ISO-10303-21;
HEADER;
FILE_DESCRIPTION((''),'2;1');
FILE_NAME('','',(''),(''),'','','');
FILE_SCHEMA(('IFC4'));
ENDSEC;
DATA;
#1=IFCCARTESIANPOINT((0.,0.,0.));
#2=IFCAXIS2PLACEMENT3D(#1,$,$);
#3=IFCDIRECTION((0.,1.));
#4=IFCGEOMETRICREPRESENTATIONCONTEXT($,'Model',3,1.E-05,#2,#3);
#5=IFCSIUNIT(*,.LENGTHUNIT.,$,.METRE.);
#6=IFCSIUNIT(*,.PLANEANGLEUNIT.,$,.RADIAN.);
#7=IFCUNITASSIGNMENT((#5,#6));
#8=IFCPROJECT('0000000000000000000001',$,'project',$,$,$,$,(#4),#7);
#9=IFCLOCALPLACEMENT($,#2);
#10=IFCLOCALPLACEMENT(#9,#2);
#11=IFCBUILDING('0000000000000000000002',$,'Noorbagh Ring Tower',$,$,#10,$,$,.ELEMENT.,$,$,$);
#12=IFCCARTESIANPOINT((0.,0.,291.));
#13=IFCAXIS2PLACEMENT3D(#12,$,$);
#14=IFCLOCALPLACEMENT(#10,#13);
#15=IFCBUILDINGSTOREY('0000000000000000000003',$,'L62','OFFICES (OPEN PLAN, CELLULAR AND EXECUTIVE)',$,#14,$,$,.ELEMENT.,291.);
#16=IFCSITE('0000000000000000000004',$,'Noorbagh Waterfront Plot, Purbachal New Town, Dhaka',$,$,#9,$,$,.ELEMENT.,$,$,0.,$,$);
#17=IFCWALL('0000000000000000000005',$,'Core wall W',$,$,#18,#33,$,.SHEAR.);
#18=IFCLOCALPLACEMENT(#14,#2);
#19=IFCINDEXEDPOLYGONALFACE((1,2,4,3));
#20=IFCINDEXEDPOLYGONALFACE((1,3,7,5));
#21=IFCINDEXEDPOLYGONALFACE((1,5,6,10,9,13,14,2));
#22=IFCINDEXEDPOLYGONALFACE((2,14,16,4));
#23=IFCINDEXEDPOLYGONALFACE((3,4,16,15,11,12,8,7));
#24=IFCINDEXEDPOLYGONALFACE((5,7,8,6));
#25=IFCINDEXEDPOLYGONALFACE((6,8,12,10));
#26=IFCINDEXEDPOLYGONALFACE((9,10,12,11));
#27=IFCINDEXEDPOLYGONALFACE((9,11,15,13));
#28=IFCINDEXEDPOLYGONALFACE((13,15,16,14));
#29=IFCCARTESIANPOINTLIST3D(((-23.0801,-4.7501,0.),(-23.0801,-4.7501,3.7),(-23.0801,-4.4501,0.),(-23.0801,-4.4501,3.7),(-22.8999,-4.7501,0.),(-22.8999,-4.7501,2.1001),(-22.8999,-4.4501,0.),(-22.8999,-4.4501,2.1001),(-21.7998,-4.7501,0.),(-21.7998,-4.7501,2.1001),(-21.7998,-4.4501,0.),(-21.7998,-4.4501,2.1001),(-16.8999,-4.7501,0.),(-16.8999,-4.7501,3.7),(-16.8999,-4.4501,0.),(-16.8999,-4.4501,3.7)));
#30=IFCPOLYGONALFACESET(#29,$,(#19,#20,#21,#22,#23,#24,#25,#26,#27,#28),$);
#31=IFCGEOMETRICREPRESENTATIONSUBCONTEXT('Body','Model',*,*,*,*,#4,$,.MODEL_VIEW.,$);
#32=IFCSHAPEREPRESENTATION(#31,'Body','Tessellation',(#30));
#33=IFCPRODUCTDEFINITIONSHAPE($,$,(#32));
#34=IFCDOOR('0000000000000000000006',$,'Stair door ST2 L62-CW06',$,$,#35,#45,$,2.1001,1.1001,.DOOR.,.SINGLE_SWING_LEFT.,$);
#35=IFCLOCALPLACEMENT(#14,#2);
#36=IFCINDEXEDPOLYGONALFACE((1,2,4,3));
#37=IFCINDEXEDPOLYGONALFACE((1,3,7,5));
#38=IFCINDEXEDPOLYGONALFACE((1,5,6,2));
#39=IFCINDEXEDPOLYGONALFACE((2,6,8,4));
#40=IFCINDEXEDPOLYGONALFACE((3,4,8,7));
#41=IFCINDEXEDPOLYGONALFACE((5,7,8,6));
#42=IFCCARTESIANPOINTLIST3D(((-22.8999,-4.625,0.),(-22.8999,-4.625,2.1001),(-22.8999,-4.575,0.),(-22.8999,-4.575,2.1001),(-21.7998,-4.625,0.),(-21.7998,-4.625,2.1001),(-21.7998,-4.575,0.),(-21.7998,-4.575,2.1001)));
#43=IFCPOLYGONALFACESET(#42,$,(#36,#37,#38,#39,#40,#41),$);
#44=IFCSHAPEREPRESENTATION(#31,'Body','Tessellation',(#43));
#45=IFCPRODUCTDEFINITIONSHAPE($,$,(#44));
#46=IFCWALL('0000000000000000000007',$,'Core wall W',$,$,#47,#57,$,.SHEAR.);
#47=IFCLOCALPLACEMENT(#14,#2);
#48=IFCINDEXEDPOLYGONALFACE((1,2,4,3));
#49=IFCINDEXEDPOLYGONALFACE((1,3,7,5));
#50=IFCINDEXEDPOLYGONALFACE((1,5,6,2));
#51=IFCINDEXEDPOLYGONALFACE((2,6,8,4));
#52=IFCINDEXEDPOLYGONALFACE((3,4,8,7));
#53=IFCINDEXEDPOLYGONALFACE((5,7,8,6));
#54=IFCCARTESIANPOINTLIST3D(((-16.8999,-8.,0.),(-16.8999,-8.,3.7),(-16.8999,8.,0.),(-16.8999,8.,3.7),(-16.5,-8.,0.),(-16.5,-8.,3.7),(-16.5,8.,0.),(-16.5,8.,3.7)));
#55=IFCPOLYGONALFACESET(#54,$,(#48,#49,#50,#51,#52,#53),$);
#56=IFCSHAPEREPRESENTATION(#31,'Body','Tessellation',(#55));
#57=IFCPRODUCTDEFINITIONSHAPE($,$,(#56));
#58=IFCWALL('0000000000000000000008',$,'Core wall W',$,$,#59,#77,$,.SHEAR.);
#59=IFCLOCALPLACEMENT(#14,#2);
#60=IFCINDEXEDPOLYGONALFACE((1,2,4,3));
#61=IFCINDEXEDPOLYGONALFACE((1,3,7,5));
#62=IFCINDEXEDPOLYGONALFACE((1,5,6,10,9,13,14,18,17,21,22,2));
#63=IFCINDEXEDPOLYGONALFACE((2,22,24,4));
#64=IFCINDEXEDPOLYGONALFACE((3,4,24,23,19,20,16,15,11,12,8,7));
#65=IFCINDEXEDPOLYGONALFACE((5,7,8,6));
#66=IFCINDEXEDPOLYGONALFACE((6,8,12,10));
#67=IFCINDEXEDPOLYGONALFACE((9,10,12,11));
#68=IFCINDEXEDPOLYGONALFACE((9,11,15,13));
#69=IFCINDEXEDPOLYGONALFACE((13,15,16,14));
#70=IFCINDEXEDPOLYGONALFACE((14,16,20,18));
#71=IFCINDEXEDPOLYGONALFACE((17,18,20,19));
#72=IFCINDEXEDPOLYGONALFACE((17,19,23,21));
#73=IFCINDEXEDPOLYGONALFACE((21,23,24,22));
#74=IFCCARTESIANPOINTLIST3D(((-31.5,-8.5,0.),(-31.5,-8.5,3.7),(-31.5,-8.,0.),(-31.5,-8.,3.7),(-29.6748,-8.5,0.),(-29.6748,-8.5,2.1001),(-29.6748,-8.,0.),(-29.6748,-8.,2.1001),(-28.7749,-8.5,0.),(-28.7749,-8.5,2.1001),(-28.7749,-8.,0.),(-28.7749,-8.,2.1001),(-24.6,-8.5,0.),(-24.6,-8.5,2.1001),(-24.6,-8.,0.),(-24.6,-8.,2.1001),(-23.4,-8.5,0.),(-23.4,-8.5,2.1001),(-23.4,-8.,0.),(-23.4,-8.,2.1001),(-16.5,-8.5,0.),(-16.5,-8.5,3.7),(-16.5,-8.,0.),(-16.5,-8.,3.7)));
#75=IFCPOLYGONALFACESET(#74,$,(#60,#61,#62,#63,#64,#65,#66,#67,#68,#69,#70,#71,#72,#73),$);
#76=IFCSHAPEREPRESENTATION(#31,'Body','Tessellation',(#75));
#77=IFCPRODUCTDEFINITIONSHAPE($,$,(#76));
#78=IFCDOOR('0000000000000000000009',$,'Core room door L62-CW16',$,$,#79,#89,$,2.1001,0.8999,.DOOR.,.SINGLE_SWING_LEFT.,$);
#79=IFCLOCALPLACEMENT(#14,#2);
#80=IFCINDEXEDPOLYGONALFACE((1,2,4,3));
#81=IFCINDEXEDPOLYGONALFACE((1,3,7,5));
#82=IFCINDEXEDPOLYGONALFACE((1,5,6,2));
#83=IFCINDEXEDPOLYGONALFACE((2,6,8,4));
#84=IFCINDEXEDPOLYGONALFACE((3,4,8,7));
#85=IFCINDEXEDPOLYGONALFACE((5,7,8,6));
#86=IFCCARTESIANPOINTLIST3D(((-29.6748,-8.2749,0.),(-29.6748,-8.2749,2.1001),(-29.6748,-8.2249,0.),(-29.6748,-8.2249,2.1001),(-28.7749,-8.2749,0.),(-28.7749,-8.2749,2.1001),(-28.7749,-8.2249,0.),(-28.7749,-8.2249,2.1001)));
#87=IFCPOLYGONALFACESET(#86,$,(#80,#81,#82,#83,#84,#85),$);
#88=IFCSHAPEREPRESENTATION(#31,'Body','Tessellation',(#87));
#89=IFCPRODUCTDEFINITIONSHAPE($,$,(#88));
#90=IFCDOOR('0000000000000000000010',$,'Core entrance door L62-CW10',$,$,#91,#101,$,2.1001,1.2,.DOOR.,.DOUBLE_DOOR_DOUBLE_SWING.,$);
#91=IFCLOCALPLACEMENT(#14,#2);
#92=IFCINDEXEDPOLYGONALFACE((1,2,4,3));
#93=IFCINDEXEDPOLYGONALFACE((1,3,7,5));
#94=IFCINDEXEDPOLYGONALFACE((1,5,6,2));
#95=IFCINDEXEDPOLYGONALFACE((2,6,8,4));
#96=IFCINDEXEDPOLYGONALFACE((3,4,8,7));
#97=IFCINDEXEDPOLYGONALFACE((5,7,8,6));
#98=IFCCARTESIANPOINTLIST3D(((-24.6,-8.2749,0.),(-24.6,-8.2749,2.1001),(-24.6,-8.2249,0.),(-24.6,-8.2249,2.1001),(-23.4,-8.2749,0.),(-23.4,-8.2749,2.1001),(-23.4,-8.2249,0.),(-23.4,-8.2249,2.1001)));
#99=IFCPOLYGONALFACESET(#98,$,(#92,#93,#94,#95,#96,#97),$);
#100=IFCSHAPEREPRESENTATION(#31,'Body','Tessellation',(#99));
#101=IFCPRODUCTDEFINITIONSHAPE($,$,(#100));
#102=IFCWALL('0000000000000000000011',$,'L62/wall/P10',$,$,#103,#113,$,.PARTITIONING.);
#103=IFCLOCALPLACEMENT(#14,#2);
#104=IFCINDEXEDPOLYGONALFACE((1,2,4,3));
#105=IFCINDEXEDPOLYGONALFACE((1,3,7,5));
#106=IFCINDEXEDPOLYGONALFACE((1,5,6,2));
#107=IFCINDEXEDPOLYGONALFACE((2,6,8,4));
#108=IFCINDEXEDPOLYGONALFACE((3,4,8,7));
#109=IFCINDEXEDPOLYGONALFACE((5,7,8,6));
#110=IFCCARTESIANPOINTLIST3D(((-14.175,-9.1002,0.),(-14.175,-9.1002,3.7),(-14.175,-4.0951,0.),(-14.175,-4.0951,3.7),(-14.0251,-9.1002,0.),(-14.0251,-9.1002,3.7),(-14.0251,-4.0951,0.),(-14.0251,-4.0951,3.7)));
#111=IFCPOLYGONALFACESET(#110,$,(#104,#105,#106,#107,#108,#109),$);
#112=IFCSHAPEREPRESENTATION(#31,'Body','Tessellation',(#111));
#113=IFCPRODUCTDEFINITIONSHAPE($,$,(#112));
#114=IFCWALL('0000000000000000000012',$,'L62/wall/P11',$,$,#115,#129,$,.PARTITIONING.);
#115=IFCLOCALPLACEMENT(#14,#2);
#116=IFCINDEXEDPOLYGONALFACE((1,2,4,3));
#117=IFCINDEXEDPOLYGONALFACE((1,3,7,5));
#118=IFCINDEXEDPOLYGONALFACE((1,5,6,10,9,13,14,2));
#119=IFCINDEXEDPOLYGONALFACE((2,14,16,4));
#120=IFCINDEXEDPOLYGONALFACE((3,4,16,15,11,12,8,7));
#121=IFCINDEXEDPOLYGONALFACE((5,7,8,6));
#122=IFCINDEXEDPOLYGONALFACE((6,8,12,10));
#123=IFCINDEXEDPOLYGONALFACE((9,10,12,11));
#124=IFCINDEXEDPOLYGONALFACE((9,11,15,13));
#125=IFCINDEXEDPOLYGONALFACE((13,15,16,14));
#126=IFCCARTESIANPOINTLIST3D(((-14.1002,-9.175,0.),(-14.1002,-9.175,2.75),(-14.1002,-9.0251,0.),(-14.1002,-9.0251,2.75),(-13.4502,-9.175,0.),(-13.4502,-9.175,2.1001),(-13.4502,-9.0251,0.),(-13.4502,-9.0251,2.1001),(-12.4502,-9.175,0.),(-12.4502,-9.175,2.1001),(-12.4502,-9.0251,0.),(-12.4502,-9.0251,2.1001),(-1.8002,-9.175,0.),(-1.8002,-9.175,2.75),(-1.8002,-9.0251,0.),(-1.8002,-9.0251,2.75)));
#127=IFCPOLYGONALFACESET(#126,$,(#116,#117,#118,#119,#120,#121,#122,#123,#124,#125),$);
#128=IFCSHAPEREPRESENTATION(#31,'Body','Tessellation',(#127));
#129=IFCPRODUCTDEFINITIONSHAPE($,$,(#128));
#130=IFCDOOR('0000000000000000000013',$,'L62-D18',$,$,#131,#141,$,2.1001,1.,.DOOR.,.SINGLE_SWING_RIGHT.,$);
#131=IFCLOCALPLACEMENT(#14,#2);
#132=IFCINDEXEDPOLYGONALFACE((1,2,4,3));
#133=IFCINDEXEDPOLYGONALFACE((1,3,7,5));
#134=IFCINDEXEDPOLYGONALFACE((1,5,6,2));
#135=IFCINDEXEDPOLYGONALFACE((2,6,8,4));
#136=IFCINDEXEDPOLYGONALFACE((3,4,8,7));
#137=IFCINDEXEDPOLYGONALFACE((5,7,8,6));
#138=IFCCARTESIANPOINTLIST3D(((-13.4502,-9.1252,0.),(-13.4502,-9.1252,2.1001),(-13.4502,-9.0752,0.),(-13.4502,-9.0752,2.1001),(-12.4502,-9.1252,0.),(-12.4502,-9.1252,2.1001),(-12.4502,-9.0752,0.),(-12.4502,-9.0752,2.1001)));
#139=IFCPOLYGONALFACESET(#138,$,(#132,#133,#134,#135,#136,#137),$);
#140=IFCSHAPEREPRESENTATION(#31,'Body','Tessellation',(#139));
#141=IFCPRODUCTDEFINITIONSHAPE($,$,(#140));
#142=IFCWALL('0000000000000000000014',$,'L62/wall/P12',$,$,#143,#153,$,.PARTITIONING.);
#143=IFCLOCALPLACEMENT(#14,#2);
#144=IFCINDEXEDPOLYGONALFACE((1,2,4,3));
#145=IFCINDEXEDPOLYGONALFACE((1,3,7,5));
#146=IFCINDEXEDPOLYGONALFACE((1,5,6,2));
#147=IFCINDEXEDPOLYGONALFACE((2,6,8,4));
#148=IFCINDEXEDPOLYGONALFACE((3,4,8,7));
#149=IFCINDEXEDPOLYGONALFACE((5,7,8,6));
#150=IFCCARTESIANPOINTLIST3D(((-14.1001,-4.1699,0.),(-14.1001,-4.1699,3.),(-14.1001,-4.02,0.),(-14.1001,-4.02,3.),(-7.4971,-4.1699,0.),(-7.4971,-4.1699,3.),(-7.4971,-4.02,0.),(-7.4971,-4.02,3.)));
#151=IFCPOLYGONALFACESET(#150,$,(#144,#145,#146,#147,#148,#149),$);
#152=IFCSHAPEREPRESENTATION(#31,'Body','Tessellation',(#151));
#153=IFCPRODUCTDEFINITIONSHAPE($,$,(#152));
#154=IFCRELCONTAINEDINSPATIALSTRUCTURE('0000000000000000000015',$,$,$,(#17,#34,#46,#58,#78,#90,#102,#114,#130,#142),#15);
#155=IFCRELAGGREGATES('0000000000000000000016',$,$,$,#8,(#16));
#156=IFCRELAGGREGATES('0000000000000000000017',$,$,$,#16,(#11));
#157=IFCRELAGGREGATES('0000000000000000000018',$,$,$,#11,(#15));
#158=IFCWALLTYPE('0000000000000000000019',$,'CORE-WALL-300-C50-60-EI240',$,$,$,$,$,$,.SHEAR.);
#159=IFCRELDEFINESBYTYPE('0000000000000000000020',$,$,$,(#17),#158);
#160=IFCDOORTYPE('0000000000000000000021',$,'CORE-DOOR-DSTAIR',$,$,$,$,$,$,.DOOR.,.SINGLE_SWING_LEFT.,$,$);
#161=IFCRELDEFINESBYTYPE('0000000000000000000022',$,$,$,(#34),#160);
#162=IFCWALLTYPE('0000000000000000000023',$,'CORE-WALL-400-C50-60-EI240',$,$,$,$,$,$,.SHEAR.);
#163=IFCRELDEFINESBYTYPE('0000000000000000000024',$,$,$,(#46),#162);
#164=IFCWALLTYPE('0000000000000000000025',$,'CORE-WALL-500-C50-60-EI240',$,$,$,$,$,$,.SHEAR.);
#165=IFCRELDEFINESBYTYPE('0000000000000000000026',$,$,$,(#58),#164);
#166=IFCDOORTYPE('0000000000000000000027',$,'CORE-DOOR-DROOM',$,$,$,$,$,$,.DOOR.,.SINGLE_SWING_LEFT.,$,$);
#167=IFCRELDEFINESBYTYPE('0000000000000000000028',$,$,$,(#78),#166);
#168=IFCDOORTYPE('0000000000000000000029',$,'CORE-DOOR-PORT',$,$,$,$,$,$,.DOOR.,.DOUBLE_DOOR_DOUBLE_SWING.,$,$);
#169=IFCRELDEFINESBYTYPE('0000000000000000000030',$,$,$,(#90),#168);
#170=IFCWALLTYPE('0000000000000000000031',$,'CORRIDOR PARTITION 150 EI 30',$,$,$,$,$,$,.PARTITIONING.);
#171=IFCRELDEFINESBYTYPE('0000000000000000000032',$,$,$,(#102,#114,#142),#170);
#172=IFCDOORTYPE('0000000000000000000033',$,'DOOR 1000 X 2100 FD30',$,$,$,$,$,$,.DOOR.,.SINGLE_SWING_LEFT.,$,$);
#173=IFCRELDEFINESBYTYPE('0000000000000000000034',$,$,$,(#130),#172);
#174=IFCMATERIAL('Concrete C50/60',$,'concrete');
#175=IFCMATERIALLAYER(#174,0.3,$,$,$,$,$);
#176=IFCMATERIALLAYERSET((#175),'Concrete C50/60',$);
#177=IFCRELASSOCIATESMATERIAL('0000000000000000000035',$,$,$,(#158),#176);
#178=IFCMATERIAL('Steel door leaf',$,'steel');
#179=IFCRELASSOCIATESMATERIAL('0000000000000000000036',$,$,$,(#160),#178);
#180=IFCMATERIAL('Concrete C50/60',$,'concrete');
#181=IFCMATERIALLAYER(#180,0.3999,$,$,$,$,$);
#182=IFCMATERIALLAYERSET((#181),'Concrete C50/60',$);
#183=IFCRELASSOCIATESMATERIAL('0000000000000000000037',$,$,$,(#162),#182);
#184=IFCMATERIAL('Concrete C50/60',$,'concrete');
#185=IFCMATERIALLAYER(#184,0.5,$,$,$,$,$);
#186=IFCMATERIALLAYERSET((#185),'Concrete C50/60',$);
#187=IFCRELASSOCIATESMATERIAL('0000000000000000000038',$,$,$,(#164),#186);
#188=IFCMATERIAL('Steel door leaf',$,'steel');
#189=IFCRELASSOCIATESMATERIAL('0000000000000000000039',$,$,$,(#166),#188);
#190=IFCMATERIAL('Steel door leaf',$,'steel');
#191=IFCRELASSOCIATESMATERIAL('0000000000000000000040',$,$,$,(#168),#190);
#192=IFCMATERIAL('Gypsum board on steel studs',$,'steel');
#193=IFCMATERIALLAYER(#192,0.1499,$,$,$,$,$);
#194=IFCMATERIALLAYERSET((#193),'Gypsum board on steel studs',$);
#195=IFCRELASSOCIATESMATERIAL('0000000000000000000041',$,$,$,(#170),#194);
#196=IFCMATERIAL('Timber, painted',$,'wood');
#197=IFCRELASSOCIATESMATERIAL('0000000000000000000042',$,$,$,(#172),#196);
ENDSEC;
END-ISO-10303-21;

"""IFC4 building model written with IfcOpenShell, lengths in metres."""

from ifc_helpers import new_model, si_unit, direction, frame, frame_2d, origin, place, context, subcontext, project, spatial, rectangle, extrude, material, layer, layer_set, type_object, element, fill, save


model = new_model("IFC4")

# Units and contexts
model_context = context("Model", 3, precision=1e-05, world=origin(), true_north=direction((0.0, 1.0)))
body_context = subcontext(model_context, "Body", "Model", "MODEL_VIEW")
ifc_project = project(units=[si_unit("LENGTHUNIT", "METRE"), si_unit("PLANEANGLEUNIT", "RADIAN")], contexts=[model_context])

# Site, building, storey
site_placement = place(None, origin())
site = spatial("IfcSite", under=ifc_project, at=site_placement, Name="Noorbagh Waterfront Plot, Purbachal New Town, Dhaka", CompositionType="ELEMENT", RefElevation=0.0)
building_placement = place(site_placement, origin())
building = spatial("IfcBuilding", under=site, at=building_placement, Name="Noorbagh Ring Tower", CompositionType="ELEMENT")
storey_placement = place(building_placement, frame((0.0, 0.0, 291.0)))
storey = spatial("IfcBuildingStorey", under=building, at=storey_placement, Name="L62", Description="OFFICES (OPEN PLAN, CELLULAR AND EXECUTIVE)", CompositionType="ELEMENT", Elevation=291.0)

# Wall, opening, door
ifc_material_1 = material(Name="Concrete C50/60", Category="concrete")
ifc_layer_1 = layer(ifc_material_1, 0.3)
ifc_layer_set_1 = layer_set([ifc_layer_1], Name="Concrete C50/60")
wall_type_1 = type_object("IfcWallType", Name="CORE-WALL-300-C50-60-EI240", PredefinedType="SHEAR", material=ifc_layer_set_1)
wall_1_placement = place(storey_placement, frame((-16.8999, -4.6001, 0.0), z_axis=(0.0, 0.0, 1.0), x_axis=(-1.0, 0.0, 0.0)))
wall_1 = element("IfcWall", 1, at=wall_1_placement, inside=storey, type_object=wall_type_1, Name="Core wall W", PredefinedType="SHEAR", context=body_context, shape_type="SweptSolid", body=[
    extrude(rectangle(XDim=6.1802, YDim=0.3, at=frame_2d((3.0901, 0.0))), origin(), (0.0, 0.0, 1.0), 3.7),
])
opening_1_placement = place(wall_1_placement, frame((4.8999, 0.0, 0.0)))
opening_1 = element("IfcOpeningElement", 2, at=opening_1_placement, cuts=wall_1, PredefinedType="OPENING", context=body_context, shape_type="SweptSolid", body=[
    extrude(rectangle(XDim=1.1001, YDim=2.1001, at=frame_2d((0.55, 1.05))), frame((0.0, 0.1602, 0.0), z_axis=(0.0, -1.0, 0.0), x_axis=(1.0, 0.0, 0.0)), (0.0, 0.0, 1.0), 0.3201),
])
ifc_material_2 = material(Name="Steel door leaf", Category="steel")
door_type_1 = type_object("IfcDoorType", Name="CORE-DOOR-DSTAIR", OperationType="SINGLE_SWING_LEFT", PredefinedType="DOOR", material=ifc_material_2)
door_1_placement = place(opening_1_placement, origin())
door_1 = element("IfcDoor", 3, at=door_1_placement, inside=storey, type_object=door_type_1, Name="Stair door ST2 L62-CW06", OperationType="SINGLE_SWING_LEFT", OverallHeight=2.1001, OverallWidth=1.1001, PredefinedType="DOOR", context=body_context, shape_type="SweptSolid", body=[
    extrude(rectangle(XDim=1.1001, YDim=2.1001, at=frame_2d((0.55, 1.05))), frame((0.0, 0.0249, 0.0), z_axis=(0.0, -1.0, 0.0), x_axis=(1.0, 0.0, 0.0)), (0.0, 0.0, 1.0), 0.05),
])
fill(opening_1, door_1)

# Wall
ifc_material_3 = material(Name="Concrete C50/60", Category="concrete")
ifc_layer_2 = layer(ifc_material_3, 0.3999)
ifc_layer_set_2 = layer_set([ifc_layer_2], Name="Concrete C50/60")
wall_type_2 = type_object("IfcWallType", Name="CORE-WALL-400-C50-60-EI240", PredefinedType="SHEAR", material=ifc_layer_set_2)
wall_2_placement = place(storey_placement, frame((-16.7, -8.0, 0.0), z_axis=(0.0, 0.0, 1.0), x_axis=(0.0, 1.0, 0.0)))
element("IfcWall", 4, at=wall_2_placement, inside=storey, type_object=wall_type_2, Name="Core wall W", PredefinedType="SHEAR", context=body_context, shape_type="SweptSolid", body=[
    extrude(rectangle(XDim=16.0, YDim=0.3999, at=frame_2d((8.0, 0.0))), origin(), (0.0, 0.0, 1.0), 3.7),
])

# Wall, openings, doors
ifc_material_4 = material(Name="Concrete C50/60", Category="concrete")
ifc_layer_3 = layer(ifc_material_4, 0.5)
ifc_layer_set_3 = layer_set([ifc_layer_3], Name="Concrete C50/60")
wall_type_3 = type_object("IfcWallType", Name="CORE-WALL-500-C50-60-EI240", PredefinedType="SHEAR", material=ifc_layer_set_3)
wall_3_placement = place(storey_placement, frame((-16.5, -8.25, 0.0), z_axis=(0.0, 0.0, 1.0), x_axis=(-1.0, 0.0, 0.0)))
wall_3 = element("IfcWall", 5, at=wall_3_placement, inside=storey, type_object=wall_type_3, Name="Core wall W", PredefinedType="SHEAR", context=body_context, shape_type="SweptSolid", body=[
    extrude(rectangle(XDim=15.0, YDim=0.5, at=frame_2d((7.5, 0.0))), origin(), (0.0, 0.0, 1.0), 3.7),
])
opening_2_placement = place(wall_3_placement, frame((6.8999, 0.0, 0.0)))
opening_2 = element("IfcOpeningElement", 6, at=opening_2_placement, cuts=wall_3, PredefinedType="OPENING", context=body_context, shape_type="SweptSolid", body=[
    extrude(rectangle(XDim=1.2, YDim=2.1001, at=frame_2d((0.6001, 1.05))), frame((0.0, 0.26, 0.0), z_axis=(0.0, -1.0, 0.0), x_axis=(1.0, 0.0, 0.0)), (0.0, 0.0, 1.0), 0.52),
])
opening_3_placement = place(wall_3_placement, frame((12.2749, 0.0, 0.0)))
opening_3 = element("IfcOpeningElement", 7, at=opening_3_placement, cuts=wall_3, PredefinedType="OPENING", context=body_context, shape_type="SweptSolid", body=[
    extrude(rectangle(XDim=0.8999, YDim=2.1001, at=frame_2d((0.45, 1.05))), frame((0.0, 0.26, 0.0), z_axis=(0.0, -1.0, 0.0), x_axis=(1.0, 0.0, 0.0)), (0.0, 0.0, 1.0), 0.52),
])
ifc_material_5 = material(Name="Steel door leaf", Category="steel")
door_type_2 = type_object("IfcDoorType", Name="CORE-DOOR-DROOM", OperationType="SINGLE_SWING_LEFT", PredefinedType="DOOR", material=ifc_material_5)
door_2_placement = place(opening_3_placement, origin())
door_2 = element("IfcDoor", 8, at=door_2_placement, inside=storey, type_object=door_type_2, Name="Core room door L62-CW16", OperationType="SINGLE_SWING_LEFT", OverallHeight=2.1001, OverallWidth=0.8999, PredefinedType="DOOR", context=body_context, shape_type="SweptSolid", body=[
    extrude(rectangle(XDim=0.8999, YDim=2.1001, at=frame_2d((0.45, 1.05))), frame((0.0, 0.0249, 0.0), z_axis=(0.0, -1.0, 0.0), x_axis=(1.0, 0.0, 0.0)), (0.0, 0.0, 1.0), 0.05),
])
fill(opening_3, door_2)
ifc_material_6 = material(Name="Steel door leaf", Category="steel")
door_type_3 = type_object("IfcDoorType", Name="CORE-DOOR-PORT", OperationType="DOUBLE_DOOR_DOUBLE_SWING", PredefinedType="DOOR", material=ifc_material_6)
door_3_placement = place(opening_2_placement, origin())
door_3 = element("IfcDoor", 9, at=door_3_placement, inside=storey, type_object=door_type_3, Name="Core entrance door L62-CW10", OperationType="DOUBLE_DOOR_DOUBLE_SWING", OverallHeight=2.1001, OverallWidth=1.2, PredefinedType="DOOR", context=body_context, shape_type="SweptSolid", body=[
    extrude(rectangle(XDim=1.2, YDim=2.1001, at=frame_2d((0.6001, 1.05))), frame((0.0, 0.0249, 0.0), z_axis=(0.0, -1.0, 0.0), x_axis=(1.0, 0.0, 0.0)), (0.0, 0.0, 1.0), 0.05),
])
fill(opening_2, door_3)

# Wall
ifc_material_7 = material(Name="Gypsum board on steel studs", Category="steel")
ifc_layer_4 = layer(ifc_material_7, 0.1499)
ifc_layer_set_4 = layer_set([ifc_layer_4], Name="Gypsum board on steel studs")
wall_type_4 = type_object("IfcWallType", Name="CORRIDOR PARTITION 150 EI 30", PredefinedType="PARTITIONING", material=ifc_layer_set_4)
wall_4_placement = place(storey_placement, frame((-14.1001, -9.1001, 0.0), z_axis=(0.0, 0.0, 1.0), x_axis=(0.0, 1.0, 0.0)))
element("IfcWall", 10, at=wall_4_placement, inside=storey, type_object=wall_type_4, Name="L62/wall/P10", PredefinedType="PARTITIONING", context=body_context, shape_type="SweptSolid", body=[
    extrude(rectangle(XDim=5.0051, YDim=0.1499, at=frame_2d((2.5024, 0.0))), origin(), (0.0, 0.0, 1.0), 3.7),
])

# Wall, opening, door
wall_5_placement = place(storey_placement, frame((-14.1001, -9.1001, 0.0), z_axis=(0.0, 0.0, 1.0), x_axis=(1.0, 0.0, 0.0)))
wall_5 = element("IfcWall", 11, at=wall_5_placement, inside=storey, type_object=wall_type_4, Name="L62/wall/P11", PredefinedType="PARTITIONING", context=body_context, shape_type="SweptSolid", body=[
    extrude(rectangle(XDim=12.3, YDim=0.1499, at=frame_2d((6.1499, 0.0))), origin(), (0.0, 0.0, 1.0), 2.75),
])
opening_4_placement = place(wall_5_placement, frame((0.6499, 0.0, 0.0)))
opening_4 = element("IfcOpeningElement", 12, at=opening_4_placement, cuts=wall_5, PredefinedType="OPENING", context=body_context, shape_type="SweptSolid", body=[
    extrude(rectangle(XDim=1.0, YDim=2.1001, at=frame_2d((0.5, 1.05))), frame((0.0, 0.085, 0.0), z_axis=(0.0, -1.0, 0.0), x_axis=(1.0, 0.0, 0.0)), (0.0, 0.0, 1.0), 0.1699),
])
ifc_material_8 = material(Name="Timber, painted", Category="wood")
door_type_4 = type_object("IfcDoorType", Name="DOOR 1000 X 2100 FD30", OperationType="SINGLE_SWING_LEFT", PredefinedType="DOOR", material=ifc_material_8)
door_4_placement = place(opening_4_placement, origin())
door_4 = element("IfcDoor", 13, at=door_4_placement, inside=storey, type_object=door_type_4, Name="L62-D18", OperationType="SINGLE_SWING_RIGHT", OverallHeight=2.1001, OverallWidth=1.0, PredefinedType="DOOR", context=body_context, shape_type="SweptSolid", body=[
    extrude(rectangle(XDim=1.0, YDim=2.1001, at=frame_2d((0.5, 1.05))), frame((0.0, 0.0249, 0.0), z_axis=(0.0, -1.0, 0.0), x_axis=(1.0, 0.0, 0.0)), (0.0, 0.0, 1.0), 0.05),
])
fill(opening_4, door_4)

# Wall
wall_6_placement = place(storey_placement, frame((-14.1001, -4.095, 0.0), z_axis=(0.0, 0.0, 1.0), x_axis=(1.0, 0.0, 0.0)))
element("IfcWall", 14, at=wall_6_placement, inside=storey, type_object=wall_type_4, Name="L62/wall/P12", PredefinedType="PARTITIONING", context=body_context, shape_type="SweptSolid", body=[
    extrude(rectangle(XDim=6.603, YDim=0.1499, at=frame_2d((3.3015, 0.0))), origin(), (0.0, 0.0, 1.0), 3.0),
])

save(model, "model.ifc")
